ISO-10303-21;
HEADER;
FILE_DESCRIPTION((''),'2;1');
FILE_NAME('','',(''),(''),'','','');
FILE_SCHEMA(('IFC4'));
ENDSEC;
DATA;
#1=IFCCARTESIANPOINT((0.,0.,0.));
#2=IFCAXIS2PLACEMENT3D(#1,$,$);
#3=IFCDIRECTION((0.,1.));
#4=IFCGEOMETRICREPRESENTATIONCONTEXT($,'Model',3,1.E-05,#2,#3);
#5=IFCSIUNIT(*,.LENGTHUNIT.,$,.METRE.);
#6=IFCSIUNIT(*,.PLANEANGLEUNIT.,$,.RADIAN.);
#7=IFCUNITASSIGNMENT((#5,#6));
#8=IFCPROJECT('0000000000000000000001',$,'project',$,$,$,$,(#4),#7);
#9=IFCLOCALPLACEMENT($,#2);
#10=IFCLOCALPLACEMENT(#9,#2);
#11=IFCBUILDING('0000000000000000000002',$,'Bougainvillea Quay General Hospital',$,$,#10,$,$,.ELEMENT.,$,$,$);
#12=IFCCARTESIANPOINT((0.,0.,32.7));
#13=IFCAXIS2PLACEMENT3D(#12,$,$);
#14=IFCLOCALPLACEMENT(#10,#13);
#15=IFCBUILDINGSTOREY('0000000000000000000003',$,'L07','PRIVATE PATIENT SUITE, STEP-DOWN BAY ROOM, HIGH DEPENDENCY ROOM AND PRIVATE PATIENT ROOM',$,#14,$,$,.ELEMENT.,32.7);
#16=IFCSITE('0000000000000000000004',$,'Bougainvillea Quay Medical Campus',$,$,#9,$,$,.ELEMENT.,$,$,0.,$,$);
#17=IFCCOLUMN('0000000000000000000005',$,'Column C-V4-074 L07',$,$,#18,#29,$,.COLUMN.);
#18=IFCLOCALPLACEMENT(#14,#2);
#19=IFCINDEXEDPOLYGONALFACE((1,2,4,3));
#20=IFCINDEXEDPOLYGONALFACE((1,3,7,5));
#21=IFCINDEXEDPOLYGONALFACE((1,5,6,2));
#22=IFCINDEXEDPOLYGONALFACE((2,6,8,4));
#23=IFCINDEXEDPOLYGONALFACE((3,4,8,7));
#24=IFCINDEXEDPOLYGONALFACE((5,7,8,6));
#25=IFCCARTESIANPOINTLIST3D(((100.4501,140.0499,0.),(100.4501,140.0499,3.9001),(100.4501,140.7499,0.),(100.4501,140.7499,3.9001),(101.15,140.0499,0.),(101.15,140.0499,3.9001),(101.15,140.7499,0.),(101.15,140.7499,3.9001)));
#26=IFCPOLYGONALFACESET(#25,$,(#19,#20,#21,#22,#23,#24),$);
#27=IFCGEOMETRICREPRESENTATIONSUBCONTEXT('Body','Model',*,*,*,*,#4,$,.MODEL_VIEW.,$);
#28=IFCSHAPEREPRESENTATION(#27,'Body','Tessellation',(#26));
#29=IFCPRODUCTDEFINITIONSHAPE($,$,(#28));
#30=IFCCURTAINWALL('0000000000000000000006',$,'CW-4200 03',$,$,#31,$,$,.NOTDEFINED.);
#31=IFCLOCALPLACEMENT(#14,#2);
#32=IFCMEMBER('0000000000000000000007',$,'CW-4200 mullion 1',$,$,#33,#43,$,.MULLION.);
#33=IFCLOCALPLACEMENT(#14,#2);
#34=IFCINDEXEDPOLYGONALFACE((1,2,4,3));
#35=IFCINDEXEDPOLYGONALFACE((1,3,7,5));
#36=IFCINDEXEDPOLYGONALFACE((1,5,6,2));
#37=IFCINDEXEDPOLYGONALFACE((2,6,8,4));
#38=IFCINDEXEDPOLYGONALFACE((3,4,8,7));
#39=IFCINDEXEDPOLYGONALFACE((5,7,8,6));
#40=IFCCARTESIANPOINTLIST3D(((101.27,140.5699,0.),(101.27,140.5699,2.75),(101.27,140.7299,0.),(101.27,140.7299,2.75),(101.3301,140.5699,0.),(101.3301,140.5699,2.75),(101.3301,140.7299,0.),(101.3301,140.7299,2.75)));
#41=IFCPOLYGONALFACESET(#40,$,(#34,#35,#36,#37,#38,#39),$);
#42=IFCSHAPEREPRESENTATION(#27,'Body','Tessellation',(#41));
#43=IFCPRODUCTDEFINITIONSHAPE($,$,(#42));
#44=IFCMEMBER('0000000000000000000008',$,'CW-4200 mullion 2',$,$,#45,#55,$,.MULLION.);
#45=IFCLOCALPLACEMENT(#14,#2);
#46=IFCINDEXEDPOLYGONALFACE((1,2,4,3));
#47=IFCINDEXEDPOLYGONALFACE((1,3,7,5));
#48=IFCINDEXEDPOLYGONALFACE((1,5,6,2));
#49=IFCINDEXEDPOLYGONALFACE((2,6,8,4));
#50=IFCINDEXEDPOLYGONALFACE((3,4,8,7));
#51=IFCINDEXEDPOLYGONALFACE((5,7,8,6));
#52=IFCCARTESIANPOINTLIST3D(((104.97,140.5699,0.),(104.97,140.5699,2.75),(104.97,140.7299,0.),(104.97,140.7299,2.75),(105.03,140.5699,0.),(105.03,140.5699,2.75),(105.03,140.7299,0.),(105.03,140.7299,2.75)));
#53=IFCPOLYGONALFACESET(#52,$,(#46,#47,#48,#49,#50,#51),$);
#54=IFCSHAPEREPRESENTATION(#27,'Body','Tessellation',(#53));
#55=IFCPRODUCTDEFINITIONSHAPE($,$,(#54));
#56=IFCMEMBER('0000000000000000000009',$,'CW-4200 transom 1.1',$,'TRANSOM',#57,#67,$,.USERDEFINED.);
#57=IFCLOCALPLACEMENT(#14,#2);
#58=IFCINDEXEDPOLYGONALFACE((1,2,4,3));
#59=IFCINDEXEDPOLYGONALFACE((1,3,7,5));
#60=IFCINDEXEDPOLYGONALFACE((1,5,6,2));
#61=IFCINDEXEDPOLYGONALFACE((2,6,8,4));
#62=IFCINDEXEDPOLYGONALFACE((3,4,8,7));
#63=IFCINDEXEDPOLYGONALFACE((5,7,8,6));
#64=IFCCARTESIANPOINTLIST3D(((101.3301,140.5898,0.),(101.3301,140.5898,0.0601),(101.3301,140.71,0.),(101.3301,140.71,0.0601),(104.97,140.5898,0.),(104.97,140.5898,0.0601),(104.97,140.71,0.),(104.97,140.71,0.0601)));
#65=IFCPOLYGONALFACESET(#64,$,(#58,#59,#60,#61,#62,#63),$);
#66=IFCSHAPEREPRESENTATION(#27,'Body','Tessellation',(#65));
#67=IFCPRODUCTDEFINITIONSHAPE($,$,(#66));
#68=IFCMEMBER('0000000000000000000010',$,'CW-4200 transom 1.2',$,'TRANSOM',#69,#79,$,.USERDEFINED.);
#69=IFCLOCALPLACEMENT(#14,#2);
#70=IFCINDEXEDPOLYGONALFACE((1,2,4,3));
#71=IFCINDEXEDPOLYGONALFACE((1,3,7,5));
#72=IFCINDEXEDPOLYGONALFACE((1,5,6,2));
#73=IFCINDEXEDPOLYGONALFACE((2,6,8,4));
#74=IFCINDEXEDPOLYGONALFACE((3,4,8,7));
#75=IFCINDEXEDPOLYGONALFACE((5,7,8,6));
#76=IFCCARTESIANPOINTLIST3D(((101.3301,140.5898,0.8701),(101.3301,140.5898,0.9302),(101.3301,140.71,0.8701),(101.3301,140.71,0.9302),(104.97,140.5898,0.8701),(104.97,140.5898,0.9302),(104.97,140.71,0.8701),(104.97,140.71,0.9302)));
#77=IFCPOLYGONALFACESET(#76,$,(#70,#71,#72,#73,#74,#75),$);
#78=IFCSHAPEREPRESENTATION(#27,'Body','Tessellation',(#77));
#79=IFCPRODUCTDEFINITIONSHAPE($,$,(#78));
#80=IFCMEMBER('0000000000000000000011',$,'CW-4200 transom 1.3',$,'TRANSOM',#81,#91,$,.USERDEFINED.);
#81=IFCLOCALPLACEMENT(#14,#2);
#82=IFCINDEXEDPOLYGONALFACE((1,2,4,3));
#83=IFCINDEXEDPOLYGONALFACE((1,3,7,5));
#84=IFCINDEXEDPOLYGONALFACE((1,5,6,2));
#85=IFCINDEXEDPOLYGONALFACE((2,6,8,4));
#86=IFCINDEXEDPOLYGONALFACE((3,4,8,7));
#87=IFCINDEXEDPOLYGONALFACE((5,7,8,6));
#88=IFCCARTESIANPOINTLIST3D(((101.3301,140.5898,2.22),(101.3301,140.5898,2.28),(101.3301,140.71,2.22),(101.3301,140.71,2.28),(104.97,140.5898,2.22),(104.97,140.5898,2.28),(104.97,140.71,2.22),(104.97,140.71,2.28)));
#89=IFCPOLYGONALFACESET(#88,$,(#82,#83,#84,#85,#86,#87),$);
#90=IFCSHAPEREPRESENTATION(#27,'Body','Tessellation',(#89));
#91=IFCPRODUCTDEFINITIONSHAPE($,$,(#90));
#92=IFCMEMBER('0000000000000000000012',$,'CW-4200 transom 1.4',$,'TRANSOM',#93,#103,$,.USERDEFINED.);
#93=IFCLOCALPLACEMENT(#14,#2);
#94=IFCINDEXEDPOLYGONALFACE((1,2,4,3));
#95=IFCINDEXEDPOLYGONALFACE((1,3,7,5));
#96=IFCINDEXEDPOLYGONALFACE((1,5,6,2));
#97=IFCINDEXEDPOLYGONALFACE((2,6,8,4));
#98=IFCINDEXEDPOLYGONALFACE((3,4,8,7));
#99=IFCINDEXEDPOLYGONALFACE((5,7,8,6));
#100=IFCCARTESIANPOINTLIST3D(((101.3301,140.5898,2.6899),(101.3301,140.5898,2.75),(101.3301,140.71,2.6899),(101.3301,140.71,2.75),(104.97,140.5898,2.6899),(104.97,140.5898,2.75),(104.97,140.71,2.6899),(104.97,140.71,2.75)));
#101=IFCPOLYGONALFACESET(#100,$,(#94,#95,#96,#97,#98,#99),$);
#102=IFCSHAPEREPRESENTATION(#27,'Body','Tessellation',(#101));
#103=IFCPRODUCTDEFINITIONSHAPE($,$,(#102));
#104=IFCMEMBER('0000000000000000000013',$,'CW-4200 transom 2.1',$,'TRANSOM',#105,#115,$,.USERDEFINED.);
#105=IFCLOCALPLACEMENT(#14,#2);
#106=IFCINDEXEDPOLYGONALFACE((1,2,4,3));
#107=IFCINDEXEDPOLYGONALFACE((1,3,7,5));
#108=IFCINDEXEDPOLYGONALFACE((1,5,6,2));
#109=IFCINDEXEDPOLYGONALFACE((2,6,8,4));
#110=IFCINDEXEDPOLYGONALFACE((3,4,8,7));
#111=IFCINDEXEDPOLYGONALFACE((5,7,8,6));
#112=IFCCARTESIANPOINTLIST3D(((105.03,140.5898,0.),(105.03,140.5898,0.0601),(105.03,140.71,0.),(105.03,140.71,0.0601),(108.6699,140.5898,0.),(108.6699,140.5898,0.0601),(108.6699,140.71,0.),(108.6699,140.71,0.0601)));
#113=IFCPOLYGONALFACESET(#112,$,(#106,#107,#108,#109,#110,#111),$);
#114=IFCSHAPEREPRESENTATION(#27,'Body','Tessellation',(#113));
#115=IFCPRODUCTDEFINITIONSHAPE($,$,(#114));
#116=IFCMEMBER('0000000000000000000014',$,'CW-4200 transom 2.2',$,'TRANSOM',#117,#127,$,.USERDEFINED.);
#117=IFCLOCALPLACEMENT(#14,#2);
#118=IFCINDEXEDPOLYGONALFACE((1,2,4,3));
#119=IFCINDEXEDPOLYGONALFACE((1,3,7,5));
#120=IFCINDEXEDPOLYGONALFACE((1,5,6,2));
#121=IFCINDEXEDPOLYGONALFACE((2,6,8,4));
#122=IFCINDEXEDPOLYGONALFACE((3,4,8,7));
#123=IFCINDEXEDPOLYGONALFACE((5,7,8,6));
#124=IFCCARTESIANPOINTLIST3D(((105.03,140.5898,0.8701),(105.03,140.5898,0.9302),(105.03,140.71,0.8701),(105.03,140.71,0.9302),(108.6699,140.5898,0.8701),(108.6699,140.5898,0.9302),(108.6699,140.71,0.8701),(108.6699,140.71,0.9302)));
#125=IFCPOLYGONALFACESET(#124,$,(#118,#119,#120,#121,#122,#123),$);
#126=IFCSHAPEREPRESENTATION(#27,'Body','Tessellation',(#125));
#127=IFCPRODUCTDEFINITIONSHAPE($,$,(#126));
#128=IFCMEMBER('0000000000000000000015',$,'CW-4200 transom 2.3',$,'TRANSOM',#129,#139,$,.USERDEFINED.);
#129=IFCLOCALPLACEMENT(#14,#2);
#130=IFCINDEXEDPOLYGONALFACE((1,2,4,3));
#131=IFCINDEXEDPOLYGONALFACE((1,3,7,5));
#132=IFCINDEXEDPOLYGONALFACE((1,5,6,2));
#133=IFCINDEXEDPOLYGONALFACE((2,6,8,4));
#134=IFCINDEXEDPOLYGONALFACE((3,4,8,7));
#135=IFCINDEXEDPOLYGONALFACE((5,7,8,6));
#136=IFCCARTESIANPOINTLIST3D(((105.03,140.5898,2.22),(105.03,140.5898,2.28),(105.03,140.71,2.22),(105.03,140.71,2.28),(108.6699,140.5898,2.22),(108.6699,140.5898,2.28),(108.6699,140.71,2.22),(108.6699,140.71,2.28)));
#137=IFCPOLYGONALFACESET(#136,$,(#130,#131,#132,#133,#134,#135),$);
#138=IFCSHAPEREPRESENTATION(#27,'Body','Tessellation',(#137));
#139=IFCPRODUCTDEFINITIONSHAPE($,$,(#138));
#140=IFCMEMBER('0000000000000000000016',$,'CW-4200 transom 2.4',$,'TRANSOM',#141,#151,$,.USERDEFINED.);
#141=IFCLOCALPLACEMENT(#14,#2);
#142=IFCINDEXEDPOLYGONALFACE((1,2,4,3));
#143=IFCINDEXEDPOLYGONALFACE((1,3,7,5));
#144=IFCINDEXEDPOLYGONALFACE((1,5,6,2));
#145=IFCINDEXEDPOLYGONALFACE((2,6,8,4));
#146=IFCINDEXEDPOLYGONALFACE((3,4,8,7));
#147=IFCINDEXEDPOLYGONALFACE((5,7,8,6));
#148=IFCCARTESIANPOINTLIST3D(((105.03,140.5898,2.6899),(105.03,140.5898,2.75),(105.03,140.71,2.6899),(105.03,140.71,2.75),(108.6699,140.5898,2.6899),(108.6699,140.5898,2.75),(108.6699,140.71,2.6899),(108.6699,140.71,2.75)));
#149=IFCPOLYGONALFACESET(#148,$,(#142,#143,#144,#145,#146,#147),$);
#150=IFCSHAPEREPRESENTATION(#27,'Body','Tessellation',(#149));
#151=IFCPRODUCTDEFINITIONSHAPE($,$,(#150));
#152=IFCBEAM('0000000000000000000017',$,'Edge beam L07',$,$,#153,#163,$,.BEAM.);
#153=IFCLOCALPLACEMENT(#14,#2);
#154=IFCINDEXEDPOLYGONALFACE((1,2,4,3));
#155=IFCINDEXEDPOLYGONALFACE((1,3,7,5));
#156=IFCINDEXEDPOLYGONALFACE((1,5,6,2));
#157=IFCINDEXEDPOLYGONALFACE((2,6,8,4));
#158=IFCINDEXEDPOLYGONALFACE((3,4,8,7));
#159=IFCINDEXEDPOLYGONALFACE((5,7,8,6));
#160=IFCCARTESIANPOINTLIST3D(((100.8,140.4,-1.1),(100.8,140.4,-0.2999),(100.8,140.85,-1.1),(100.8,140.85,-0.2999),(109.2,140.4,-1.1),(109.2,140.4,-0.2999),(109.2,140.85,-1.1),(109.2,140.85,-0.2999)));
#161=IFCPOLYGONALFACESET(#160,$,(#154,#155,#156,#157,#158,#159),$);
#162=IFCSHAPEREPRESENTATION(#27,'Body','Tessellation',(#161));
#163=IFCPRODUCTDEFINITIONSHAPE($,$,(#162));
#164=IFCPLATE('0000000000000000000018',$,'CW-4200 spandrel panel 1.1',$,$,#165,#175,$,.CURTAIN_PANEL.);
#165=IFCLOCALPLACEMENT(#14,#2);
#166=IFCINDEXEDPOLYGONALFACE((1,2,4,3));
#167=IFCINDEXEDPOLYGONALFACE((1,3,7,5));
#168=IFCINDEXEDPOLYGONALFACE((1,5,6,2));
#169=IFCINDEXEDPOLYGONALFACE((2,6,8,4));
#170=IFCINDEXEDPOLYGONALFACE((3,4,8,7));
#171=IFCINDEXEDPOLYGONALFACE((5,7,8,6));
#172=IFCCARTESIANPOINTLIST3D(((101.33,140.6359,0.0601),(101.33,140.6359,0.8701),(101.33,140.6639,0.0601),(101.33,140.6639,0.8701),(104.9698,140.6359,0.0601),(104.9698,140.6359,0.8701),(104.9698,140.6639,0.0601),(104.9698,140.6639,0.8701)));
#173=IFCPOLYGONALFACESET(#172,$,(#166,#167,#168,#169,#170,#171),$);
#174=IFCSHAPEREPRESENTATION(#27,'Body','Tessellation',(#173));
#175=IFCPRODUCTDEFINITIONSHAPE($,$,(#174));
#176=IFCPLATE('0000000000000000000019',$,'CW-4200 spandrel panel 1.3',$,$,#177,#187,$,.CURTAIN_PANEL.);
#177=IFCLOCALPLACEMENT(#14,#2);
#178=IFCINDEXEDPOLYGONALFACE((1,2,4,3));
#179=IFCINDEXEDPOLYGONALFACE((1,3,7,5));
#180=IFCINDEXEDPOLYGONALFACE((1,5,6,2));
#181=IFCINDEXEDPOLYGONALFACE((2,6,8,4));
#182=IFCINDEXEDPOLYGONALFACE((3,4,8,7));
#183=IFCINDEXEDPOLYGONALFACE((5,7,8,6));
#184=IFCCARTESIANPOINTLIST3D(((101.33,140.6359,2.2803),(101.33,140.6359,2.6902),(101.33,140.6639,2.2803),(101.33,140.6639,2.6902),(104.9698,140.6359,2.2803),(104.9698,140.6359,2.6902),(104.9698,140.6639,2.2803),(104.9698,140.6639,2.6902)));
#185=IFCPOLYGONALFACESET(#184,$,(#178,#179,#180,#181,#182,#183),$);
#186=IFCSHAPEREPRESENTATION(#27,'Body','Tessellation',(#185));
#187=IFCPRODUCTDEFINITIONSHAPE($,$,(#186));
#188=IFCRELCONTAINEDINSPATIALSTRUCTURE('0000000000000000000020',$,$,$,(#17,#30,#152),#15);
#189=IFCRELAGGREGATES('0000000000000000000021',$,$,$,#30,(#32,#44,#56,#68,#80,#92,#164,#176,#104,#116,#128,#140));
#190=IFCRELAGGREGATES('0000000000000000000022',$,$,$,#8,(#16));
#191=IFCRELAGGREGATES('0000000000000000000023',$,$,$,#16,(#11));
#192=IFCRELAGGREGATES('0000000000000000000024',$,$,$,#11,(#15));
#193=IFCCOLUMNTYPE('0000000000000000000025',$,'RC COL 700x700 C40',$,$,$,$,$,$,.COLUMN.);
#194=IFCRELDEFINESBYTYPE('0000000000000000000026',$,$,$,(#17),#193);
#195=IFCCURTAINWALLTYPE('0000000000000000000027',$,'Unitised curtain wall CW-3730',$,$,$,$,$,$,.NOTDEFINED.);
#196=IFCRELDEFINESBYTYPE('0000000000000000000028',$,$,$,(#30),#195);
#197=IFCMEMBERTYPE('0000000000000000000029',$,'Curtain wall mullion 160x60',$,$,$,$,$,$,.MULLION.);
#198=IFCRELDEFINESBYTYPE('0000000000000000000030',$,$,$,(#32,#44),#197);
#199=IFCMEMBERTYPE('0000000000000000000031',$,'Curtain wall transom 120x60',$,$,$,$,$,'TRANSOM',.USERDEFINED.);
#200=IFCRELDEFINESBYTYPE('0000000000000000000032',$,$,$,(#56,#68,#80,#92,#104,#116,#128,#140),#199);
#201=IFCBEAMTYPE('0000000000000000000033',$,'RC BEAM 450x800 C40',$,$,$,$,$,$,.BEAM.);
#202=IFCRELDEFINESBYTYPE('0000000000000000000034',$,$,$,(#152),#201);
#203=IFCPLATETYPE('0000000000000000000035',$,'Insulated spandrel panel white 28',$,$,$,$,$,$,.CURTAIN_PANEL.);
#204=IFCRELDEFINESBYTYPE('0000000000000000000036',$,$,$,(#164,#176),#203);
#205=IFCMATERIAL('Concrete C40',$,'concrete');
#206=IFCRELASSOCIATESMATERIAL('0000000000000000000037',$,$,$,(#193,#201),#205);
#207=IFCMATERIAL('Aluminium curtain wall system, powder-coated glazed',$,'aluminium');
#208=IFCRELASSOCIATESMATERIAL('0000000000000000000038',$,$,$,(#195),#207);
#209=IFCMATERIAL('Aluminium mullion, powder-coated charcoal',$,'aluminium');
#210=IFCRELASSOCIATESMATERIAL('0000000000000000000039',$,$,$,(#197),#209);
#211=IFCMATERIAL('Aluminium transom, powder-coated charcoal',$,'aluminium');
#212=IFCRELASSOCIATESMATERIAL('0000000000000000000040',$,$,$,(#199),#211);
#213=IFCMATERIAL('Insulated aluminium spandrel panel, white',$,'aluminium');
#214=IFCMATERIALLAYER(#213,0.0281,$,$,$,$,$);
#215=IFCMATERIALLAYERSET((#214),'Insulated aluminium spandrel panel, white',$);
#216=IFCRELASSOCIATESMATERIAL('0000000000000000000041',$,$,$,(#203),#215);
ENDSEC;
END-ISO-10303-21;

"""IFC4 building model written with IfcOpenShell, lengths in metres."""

from ifc_helpers import new_model, si_unit, direction, frame, origin, origin_2d, place, context, subcontext, project, spatial, rectangle, extrude, material, layer, layer_set, material_profile, profile_set, type_object, element, aggregate, save


model = new_model("IFC4")

# Units and contexts
model_context = context("Model", 3, precision=1e-05, world=origin(), true_north=direction((0.0, 1.0)))
body_context = subcontext(model_context, "Body", "Model", "MODEL_VIEW")
ifc_project = project(units=[si_unit("LENGTHUNIT", "METRE"), si_unit("PLANEANGLEUNIT", "RADIAN")], contexts=[model_context])

# Site, building, storey
site_placement = place(None, origin())
site = spatial("IfcSite", under=ifc_project, at=site_placement, Name="Bougainvillea Quay Medical Campus", CompositionType="ELEMENT", RefElevation=0.0)
building_placement = place(site_placement, origin())
building = spatial("IfcBuilding", under=site, at=building_placement, Name="Bougainvillea Quay General Hospital", CompositionType="ELEMENT")
storey_placement = place(building_placement, frame((0.0, 0.0, 32.7)))
storey = spatial("IfcBuildingStorey", under=building, at=storey_placement, Name="L07", Description="PRIVATE PATIENT SUITE, STEP-DOWN BAY ROOM, HIGH DEPENDENCY ROOM AND PRIVATE PATIENT ROOM", CompositionType="ELEMENT", Elevation=32.7)

# Column
ifc_material_1 = material(Name="Concrete C40", Category="concrete")
ifc_material_profile_1 = material_profile(ifc_material_1, rectangle(XDim=0.7, YDim=0.7, at=origin_2d()))
ifc_profile_set_1 = profile_set([ifc_material_profile_1], Name="Concrete C40")
column_type = type_object("IfcColumnType", Name="RC COL 700x700 C40", PredefinedType="COLUMN", material=ifc_profile_set_1)
column_placement = place(storey_placement, frame((100.8, 140.3999, 0.0), z_axis=(0.0, 0.0, 1.0), x_axis=(1.0, 0.0, 0.0)))
element("IfcColumn", 1, at=column_placement, inside=storey, type_object=column_type, Name="Column C-V4-074 L07", PredefinedType="COLUMN", context=body_context, shape_type="SweptSolid", body=[
    extrude(rectangle(XDim=0.7, YDim=0.7, at=origin_2d()), origin(), (0.0, 0.0, 1.0), 3.9001),
])

# Curtain wall, members
ifc_material_2 = material(Name="Aluminium curtain wall system, powder-coated glazed", Category="aluminium")
curtain_wall_type = type_object("IfcCurtainWallType", Name="Unitised curtain wall CW-3730", PredefinedType="NOTDEFINED", material=ifc_material_2)
curtain_wall_placement = place(storey_placement, origin())
curtain_wall = element("IfcCurtainWall", 2, at=curtain_wall_placement, inside=storey, type_object=curtain_wall_type, Name="CW-4200 03", PredefinedType="NOTDEFINED")
ifc_material_3 = material(Name="Aluminium mullion, powder-coated charcoal", Category="aluminium")
ifc_material_profile_2 = material_profile(ifc_material_3, rectangle(XDim=0.1599, YDim=0.0601, at=origin_2d()))
ifc_profile_set_2 = profile_set([ifc_material_profile_2], Name="Aluminium mullion, powder-coated charcoal")
member_type_1 = type_object("IfcMemberType", Name="Curtain wall mullion 160x60", PredefinedType="MULLION", material=ifc_profile_set_2)
member_1_placement = place(storey_placement, frame((101.3, 140.6499, 0.0), z_axis=(0.0, 0.0, 1.0), x_axis=(0.0, 1.0, 0.0)))
member_1 = element("IfcMember", 3, at=member_1_placement, type_object=member_type_1, Name="CW-4200 mullion 1", PredefinedType="MULLION", context=body_context, shape_type="SweptSolid", body=[
    extrude(rectangle(XDim=0.1599, YDim=0.0601, at=origin_2d()), origin(), (0.0, 0.0, 1.0), 2.75),
])
member_2_placement = place(storey_placement, frame((105.0, 140.6499, 0.0), z_axis=(0.0, 0.0, 1.0), x_axis=(0.0, 1.0, 0.0)))
member_2 = element("IfcMember", 4, at=member_2_placement, type_object=member_type_1, Name="CW-4200 mullion 2", PredefinedType="MULLION", context=body_context, shape_type="SweptSolid", body=[
    extrude(rectangle(XDim=0.1599, YDim=0.0601, at=origin_2d()), origin(), (0.0, 0.0, 1.0), 2.75),
])
ifc_material_4 = material(Name="Aluminium transom, powder-coated charcoal", Category="aluminium")
ifc_material_profile_3 = material_profile(ifc_material_4, rectangle(XDim=0.1201, YDim=0.0601, at=origin_2d()))
ifc_profile_set_3 = profile_set([ifc_material_profile_3], Name="Aluminium transom, powder-coated charcoal")
member_type_2 = type_object("IfcMemberType", Name="Curtain wall transom 120x60", ElementType="TRANSOM", PredefinedType="USERDEFINED", material=ifc_profile_set_3)
member_3_placement = place(storey_placement, frame((101.3301, 140.6499, 0.03), z_axis=(1.0, 0.0, 0.0), x_axis=(0.0, 1.0, 0.0)))
member_3 = element("IfcMember", 5, at=member_3_placement, type_object=member_type_2, Name="CW-4200 transom 1.1", ObjectType="TRANSOM", PredefinedType="USERDEFINED", context=body_context, shape_type="SweptSolid", body=[
    extrude(rectangle(XDim=0.1201, YDim=0.0601, at=origin_2d()), origin(), (0.0, 0.0, 1.0), 3.6399),
])
member_4_placement = place(storey_placement, frame((101.3301, 140.6499, 0.9001), z_axis=(1.0, 0.0, 0.0), x_axis=(0.0, 1.0, 0.0)))
member_4 = element("IfcMember", 6, at=member_4_placement, type_object=member_type_2, Name="CW-4200 transom 1.2", ObjectType="TRANSOM", PredefinedType="USERDEFINED", context=body_context, shape_type="SweptSolid", body=[
    extrude(rectangle(XDim=0.1201, YDim=0.0601, at=origin_2d()), origin(), (0.0, 0.0, 1.0), 3.6399),
])
member_5_placement = place(storey_placement, frame((101.3301, 140.6499, 2.25), z_axis=(1.0, 0.0, 0.0), x_axis=(0.0, 1.0, 0.0)))
member_5 = element("IfcMember", 7, at=member_5_placement, type_object=member_type_2, Name="CW-4200 transom 1.3", ObjectType="TRANSOM", PredefinedType="USERDEFINED", context=body_context, shape_type="SweptSolid", body=[
    extrude(rectangle(XDim=0.1201, YDim=0.0601, at=origin_2d()), origin(), (0.0, 0.0, 1.0), 3.6399),
])
member_6_placement = place(storey_placement, frame((101.3301, 140.6499, 2.72), z_axis=(1.0, 0.0, 0.0), x_axis=(0.0, 1.0, 0.0)))
member_6 = element("IfcMember", 8, at=member_6_placement, type_object=member_type_2, Name="CW-4200 transom 1.4", ObjectType="TRANSOM", PredefinedType="USERDEFINED", context=body_context, shape_type="SweptSolid", body=[
    extrude(rectangle(XDim=0.1201, YDim=0.0601, at=origin_2d()), origin(), (0.0, 0.0, 1.0), 3.6399),
])
member_7_placement = place(storey_placement, frame((105.03, 140.6499, 0.03), z_axis=(1.0, 0.0, 0.0), x_axis=(0.0, 1.0, 0.0)))
member_7 = element("IfcMember", 9, at=member_7_placement, type_object=member_type_2, Name="CW-4200 transom 2.1", ObjectType="TRANSOM", PredefinedType="USERDEFINED", context=body_context, shape_type="SweptSolid", body=[
    extrude(rectangle(XDim=0.1201, YDim=0.0601, at=origin_2d()), origin(), (0.0, 0.0, 1.0), 3.6399),
])
member_8_placement = place(storey_placement, frame((105.03, 140.6499, 0.9001), z_axis=(1.0, 0.0, 0.0), x_axis=(0.0, 1.0, 0.0)))
member_8 = element("IfcMember", 10, at=member_8_placement, type_object=member_type_2, Name="CW-4200 transom 2.2", ObjectType="TRANSOM", PredefinedType="USERDEFINED", context=body_context, shape_type="SweptSolid", body=[
    extrude(rectangle(XDim=0.1201, YDim=0.0601, at=origin_2d()), origin(), (0.0, 0.0, 1.0), 3.6399),
])
member_9_placement = place(storey_placement, frame((105.03, 140.6499, 2.25), z_axis=(1.0, 0.0, 0.0), x_axis=(0.0, 1.0, 0.0)))
member_9 = element("IfcMember", 11, at=member_9_placement, type_object=member_type_2, Name="CW-4200 transom 2.3", ObjectType="TRANSOM", PredefinedType="USERDEFINED", context=body_context, shape_type="SweptSolid", body=[
    extrude(rectangle(XDim=0.1201, YDim=0.0601, at=origin_2d()), origin(), (0.0, 0.0, 1.0), 3.6399),
])
member_10_placement = place(storey_placement, frame((105.03, 140.6499, 2.72), z_axis=(1.0, 0.0, 0.0), x_axis=(0.0, 1.0, 0.0)))
member_10 = element("IfcMember", 12, at=member_10_placement, type_object=member_type_2, Name="CW-4200 transom 2.4", ObjectType="TRANSOM", PredefinedType="USERDEFINED", context=body_context, shape_type="SweptSolid", body=[
    extrude(rectangle(XDim=0.1201, YDim=0.0601, at=origin_2d()), origin(), (0.0, 0.0, 1.0), 3.6399),
])

# Beam
ifc_material_profile_4 = material_profile(ifc_material_1, rectangle(XDim=0.45, YDim=0.8, at=origin_2d()))
ifc_profile_set_4 = profile_set([ifc_material_profile_4], Name="Concrete C40")
beam_type = type_object("IfcBeamType", Name="RC BEAM 450x800 C40", PredefinedType="BEAM", material=ifc_profile_set_4)
beam_placement = place(storey_placement, frame((100.8, 140.625, -0.7), z_axis=(1.0, 0.0, 0.0), x_axis=(0.0, 1.0, 0.0)))
element("IfcBeam", 13, at=beam_placement, inside=storey, type_object=beam_type, Name="Edge beam L07", PredefinedType="BEAM", context=body_context, shape_type="SweptSolid", body=[
    extrude(rectangle(XDim=0.45, YDim=0.8, at=origin_2d()), origin(), (0.0, 0.0, 1.0), 8.3999),
])

# Plates
ifc_material_5 = material(Name="Insulated aluminium spandrel panel, white", Category="aluminium")
ifc_layer_1 = layer(ifc_material_5, 0.0281)
ifc_layer_set_1 = layer_set([ifc_layer_1], Name="Insulated aluminium spandrel panel, white")
plate_type_1 = type_object("IfcPlateType", Name="Insulated spandrel panel white 28", PredefinedType="CURTAIN_PANEL", material=ifc_layer_set_1)
plate_1_placement = place(storey_placement, frame((103.1499, 140.6499, 0.0601), z_axis=(0.0, 0.0, 1.0), x_axis=(1.0, 0.0, 0.0)))
plate_1 = element("IfcPlate", 14, at=plate_1_placement, type_object=plate_type_1, Name="CW-4200 spandrel panel 1.1", PredefinedType="CURTAIN_PANEL", context=body_context, shape_type="SweptSolid", body=[
    extrude(rectangle(XDim=3.6399, YDim=0.0281, at=origin_2d()), origin(), (0.0, 0.0, 1.0), 0.8101),
])
plate_2_placement = place(storey_placement, frame((103.1499, 140.6499, 2.2803), z_axis=(0.0, 0.0, 1.0), x_axis=(1.0, 0.0, 0.0)))
plate_2 = element("IfcPlate", 15, at=plate_2_placement, type_object=plate_type_1, Name="CW-4200 spandrel panel 1.3", PredefinedType="CURTAIN_PANEL", context=body_context, shape_type="SweptSolid", body=[
    extrude(rectangle(XDim=3.6399, YDim=0.0281, at=origin_2d()), origin(), (0.0, 0.0, 1.0), 0.4099),
])
aggregate(curtain_wall, [member_1, member_2, member_3, member_4, member_5, member_6, plate_1, plate_2, member_7, member_8, member_9, member_10])

save(model, "model.ifc")
